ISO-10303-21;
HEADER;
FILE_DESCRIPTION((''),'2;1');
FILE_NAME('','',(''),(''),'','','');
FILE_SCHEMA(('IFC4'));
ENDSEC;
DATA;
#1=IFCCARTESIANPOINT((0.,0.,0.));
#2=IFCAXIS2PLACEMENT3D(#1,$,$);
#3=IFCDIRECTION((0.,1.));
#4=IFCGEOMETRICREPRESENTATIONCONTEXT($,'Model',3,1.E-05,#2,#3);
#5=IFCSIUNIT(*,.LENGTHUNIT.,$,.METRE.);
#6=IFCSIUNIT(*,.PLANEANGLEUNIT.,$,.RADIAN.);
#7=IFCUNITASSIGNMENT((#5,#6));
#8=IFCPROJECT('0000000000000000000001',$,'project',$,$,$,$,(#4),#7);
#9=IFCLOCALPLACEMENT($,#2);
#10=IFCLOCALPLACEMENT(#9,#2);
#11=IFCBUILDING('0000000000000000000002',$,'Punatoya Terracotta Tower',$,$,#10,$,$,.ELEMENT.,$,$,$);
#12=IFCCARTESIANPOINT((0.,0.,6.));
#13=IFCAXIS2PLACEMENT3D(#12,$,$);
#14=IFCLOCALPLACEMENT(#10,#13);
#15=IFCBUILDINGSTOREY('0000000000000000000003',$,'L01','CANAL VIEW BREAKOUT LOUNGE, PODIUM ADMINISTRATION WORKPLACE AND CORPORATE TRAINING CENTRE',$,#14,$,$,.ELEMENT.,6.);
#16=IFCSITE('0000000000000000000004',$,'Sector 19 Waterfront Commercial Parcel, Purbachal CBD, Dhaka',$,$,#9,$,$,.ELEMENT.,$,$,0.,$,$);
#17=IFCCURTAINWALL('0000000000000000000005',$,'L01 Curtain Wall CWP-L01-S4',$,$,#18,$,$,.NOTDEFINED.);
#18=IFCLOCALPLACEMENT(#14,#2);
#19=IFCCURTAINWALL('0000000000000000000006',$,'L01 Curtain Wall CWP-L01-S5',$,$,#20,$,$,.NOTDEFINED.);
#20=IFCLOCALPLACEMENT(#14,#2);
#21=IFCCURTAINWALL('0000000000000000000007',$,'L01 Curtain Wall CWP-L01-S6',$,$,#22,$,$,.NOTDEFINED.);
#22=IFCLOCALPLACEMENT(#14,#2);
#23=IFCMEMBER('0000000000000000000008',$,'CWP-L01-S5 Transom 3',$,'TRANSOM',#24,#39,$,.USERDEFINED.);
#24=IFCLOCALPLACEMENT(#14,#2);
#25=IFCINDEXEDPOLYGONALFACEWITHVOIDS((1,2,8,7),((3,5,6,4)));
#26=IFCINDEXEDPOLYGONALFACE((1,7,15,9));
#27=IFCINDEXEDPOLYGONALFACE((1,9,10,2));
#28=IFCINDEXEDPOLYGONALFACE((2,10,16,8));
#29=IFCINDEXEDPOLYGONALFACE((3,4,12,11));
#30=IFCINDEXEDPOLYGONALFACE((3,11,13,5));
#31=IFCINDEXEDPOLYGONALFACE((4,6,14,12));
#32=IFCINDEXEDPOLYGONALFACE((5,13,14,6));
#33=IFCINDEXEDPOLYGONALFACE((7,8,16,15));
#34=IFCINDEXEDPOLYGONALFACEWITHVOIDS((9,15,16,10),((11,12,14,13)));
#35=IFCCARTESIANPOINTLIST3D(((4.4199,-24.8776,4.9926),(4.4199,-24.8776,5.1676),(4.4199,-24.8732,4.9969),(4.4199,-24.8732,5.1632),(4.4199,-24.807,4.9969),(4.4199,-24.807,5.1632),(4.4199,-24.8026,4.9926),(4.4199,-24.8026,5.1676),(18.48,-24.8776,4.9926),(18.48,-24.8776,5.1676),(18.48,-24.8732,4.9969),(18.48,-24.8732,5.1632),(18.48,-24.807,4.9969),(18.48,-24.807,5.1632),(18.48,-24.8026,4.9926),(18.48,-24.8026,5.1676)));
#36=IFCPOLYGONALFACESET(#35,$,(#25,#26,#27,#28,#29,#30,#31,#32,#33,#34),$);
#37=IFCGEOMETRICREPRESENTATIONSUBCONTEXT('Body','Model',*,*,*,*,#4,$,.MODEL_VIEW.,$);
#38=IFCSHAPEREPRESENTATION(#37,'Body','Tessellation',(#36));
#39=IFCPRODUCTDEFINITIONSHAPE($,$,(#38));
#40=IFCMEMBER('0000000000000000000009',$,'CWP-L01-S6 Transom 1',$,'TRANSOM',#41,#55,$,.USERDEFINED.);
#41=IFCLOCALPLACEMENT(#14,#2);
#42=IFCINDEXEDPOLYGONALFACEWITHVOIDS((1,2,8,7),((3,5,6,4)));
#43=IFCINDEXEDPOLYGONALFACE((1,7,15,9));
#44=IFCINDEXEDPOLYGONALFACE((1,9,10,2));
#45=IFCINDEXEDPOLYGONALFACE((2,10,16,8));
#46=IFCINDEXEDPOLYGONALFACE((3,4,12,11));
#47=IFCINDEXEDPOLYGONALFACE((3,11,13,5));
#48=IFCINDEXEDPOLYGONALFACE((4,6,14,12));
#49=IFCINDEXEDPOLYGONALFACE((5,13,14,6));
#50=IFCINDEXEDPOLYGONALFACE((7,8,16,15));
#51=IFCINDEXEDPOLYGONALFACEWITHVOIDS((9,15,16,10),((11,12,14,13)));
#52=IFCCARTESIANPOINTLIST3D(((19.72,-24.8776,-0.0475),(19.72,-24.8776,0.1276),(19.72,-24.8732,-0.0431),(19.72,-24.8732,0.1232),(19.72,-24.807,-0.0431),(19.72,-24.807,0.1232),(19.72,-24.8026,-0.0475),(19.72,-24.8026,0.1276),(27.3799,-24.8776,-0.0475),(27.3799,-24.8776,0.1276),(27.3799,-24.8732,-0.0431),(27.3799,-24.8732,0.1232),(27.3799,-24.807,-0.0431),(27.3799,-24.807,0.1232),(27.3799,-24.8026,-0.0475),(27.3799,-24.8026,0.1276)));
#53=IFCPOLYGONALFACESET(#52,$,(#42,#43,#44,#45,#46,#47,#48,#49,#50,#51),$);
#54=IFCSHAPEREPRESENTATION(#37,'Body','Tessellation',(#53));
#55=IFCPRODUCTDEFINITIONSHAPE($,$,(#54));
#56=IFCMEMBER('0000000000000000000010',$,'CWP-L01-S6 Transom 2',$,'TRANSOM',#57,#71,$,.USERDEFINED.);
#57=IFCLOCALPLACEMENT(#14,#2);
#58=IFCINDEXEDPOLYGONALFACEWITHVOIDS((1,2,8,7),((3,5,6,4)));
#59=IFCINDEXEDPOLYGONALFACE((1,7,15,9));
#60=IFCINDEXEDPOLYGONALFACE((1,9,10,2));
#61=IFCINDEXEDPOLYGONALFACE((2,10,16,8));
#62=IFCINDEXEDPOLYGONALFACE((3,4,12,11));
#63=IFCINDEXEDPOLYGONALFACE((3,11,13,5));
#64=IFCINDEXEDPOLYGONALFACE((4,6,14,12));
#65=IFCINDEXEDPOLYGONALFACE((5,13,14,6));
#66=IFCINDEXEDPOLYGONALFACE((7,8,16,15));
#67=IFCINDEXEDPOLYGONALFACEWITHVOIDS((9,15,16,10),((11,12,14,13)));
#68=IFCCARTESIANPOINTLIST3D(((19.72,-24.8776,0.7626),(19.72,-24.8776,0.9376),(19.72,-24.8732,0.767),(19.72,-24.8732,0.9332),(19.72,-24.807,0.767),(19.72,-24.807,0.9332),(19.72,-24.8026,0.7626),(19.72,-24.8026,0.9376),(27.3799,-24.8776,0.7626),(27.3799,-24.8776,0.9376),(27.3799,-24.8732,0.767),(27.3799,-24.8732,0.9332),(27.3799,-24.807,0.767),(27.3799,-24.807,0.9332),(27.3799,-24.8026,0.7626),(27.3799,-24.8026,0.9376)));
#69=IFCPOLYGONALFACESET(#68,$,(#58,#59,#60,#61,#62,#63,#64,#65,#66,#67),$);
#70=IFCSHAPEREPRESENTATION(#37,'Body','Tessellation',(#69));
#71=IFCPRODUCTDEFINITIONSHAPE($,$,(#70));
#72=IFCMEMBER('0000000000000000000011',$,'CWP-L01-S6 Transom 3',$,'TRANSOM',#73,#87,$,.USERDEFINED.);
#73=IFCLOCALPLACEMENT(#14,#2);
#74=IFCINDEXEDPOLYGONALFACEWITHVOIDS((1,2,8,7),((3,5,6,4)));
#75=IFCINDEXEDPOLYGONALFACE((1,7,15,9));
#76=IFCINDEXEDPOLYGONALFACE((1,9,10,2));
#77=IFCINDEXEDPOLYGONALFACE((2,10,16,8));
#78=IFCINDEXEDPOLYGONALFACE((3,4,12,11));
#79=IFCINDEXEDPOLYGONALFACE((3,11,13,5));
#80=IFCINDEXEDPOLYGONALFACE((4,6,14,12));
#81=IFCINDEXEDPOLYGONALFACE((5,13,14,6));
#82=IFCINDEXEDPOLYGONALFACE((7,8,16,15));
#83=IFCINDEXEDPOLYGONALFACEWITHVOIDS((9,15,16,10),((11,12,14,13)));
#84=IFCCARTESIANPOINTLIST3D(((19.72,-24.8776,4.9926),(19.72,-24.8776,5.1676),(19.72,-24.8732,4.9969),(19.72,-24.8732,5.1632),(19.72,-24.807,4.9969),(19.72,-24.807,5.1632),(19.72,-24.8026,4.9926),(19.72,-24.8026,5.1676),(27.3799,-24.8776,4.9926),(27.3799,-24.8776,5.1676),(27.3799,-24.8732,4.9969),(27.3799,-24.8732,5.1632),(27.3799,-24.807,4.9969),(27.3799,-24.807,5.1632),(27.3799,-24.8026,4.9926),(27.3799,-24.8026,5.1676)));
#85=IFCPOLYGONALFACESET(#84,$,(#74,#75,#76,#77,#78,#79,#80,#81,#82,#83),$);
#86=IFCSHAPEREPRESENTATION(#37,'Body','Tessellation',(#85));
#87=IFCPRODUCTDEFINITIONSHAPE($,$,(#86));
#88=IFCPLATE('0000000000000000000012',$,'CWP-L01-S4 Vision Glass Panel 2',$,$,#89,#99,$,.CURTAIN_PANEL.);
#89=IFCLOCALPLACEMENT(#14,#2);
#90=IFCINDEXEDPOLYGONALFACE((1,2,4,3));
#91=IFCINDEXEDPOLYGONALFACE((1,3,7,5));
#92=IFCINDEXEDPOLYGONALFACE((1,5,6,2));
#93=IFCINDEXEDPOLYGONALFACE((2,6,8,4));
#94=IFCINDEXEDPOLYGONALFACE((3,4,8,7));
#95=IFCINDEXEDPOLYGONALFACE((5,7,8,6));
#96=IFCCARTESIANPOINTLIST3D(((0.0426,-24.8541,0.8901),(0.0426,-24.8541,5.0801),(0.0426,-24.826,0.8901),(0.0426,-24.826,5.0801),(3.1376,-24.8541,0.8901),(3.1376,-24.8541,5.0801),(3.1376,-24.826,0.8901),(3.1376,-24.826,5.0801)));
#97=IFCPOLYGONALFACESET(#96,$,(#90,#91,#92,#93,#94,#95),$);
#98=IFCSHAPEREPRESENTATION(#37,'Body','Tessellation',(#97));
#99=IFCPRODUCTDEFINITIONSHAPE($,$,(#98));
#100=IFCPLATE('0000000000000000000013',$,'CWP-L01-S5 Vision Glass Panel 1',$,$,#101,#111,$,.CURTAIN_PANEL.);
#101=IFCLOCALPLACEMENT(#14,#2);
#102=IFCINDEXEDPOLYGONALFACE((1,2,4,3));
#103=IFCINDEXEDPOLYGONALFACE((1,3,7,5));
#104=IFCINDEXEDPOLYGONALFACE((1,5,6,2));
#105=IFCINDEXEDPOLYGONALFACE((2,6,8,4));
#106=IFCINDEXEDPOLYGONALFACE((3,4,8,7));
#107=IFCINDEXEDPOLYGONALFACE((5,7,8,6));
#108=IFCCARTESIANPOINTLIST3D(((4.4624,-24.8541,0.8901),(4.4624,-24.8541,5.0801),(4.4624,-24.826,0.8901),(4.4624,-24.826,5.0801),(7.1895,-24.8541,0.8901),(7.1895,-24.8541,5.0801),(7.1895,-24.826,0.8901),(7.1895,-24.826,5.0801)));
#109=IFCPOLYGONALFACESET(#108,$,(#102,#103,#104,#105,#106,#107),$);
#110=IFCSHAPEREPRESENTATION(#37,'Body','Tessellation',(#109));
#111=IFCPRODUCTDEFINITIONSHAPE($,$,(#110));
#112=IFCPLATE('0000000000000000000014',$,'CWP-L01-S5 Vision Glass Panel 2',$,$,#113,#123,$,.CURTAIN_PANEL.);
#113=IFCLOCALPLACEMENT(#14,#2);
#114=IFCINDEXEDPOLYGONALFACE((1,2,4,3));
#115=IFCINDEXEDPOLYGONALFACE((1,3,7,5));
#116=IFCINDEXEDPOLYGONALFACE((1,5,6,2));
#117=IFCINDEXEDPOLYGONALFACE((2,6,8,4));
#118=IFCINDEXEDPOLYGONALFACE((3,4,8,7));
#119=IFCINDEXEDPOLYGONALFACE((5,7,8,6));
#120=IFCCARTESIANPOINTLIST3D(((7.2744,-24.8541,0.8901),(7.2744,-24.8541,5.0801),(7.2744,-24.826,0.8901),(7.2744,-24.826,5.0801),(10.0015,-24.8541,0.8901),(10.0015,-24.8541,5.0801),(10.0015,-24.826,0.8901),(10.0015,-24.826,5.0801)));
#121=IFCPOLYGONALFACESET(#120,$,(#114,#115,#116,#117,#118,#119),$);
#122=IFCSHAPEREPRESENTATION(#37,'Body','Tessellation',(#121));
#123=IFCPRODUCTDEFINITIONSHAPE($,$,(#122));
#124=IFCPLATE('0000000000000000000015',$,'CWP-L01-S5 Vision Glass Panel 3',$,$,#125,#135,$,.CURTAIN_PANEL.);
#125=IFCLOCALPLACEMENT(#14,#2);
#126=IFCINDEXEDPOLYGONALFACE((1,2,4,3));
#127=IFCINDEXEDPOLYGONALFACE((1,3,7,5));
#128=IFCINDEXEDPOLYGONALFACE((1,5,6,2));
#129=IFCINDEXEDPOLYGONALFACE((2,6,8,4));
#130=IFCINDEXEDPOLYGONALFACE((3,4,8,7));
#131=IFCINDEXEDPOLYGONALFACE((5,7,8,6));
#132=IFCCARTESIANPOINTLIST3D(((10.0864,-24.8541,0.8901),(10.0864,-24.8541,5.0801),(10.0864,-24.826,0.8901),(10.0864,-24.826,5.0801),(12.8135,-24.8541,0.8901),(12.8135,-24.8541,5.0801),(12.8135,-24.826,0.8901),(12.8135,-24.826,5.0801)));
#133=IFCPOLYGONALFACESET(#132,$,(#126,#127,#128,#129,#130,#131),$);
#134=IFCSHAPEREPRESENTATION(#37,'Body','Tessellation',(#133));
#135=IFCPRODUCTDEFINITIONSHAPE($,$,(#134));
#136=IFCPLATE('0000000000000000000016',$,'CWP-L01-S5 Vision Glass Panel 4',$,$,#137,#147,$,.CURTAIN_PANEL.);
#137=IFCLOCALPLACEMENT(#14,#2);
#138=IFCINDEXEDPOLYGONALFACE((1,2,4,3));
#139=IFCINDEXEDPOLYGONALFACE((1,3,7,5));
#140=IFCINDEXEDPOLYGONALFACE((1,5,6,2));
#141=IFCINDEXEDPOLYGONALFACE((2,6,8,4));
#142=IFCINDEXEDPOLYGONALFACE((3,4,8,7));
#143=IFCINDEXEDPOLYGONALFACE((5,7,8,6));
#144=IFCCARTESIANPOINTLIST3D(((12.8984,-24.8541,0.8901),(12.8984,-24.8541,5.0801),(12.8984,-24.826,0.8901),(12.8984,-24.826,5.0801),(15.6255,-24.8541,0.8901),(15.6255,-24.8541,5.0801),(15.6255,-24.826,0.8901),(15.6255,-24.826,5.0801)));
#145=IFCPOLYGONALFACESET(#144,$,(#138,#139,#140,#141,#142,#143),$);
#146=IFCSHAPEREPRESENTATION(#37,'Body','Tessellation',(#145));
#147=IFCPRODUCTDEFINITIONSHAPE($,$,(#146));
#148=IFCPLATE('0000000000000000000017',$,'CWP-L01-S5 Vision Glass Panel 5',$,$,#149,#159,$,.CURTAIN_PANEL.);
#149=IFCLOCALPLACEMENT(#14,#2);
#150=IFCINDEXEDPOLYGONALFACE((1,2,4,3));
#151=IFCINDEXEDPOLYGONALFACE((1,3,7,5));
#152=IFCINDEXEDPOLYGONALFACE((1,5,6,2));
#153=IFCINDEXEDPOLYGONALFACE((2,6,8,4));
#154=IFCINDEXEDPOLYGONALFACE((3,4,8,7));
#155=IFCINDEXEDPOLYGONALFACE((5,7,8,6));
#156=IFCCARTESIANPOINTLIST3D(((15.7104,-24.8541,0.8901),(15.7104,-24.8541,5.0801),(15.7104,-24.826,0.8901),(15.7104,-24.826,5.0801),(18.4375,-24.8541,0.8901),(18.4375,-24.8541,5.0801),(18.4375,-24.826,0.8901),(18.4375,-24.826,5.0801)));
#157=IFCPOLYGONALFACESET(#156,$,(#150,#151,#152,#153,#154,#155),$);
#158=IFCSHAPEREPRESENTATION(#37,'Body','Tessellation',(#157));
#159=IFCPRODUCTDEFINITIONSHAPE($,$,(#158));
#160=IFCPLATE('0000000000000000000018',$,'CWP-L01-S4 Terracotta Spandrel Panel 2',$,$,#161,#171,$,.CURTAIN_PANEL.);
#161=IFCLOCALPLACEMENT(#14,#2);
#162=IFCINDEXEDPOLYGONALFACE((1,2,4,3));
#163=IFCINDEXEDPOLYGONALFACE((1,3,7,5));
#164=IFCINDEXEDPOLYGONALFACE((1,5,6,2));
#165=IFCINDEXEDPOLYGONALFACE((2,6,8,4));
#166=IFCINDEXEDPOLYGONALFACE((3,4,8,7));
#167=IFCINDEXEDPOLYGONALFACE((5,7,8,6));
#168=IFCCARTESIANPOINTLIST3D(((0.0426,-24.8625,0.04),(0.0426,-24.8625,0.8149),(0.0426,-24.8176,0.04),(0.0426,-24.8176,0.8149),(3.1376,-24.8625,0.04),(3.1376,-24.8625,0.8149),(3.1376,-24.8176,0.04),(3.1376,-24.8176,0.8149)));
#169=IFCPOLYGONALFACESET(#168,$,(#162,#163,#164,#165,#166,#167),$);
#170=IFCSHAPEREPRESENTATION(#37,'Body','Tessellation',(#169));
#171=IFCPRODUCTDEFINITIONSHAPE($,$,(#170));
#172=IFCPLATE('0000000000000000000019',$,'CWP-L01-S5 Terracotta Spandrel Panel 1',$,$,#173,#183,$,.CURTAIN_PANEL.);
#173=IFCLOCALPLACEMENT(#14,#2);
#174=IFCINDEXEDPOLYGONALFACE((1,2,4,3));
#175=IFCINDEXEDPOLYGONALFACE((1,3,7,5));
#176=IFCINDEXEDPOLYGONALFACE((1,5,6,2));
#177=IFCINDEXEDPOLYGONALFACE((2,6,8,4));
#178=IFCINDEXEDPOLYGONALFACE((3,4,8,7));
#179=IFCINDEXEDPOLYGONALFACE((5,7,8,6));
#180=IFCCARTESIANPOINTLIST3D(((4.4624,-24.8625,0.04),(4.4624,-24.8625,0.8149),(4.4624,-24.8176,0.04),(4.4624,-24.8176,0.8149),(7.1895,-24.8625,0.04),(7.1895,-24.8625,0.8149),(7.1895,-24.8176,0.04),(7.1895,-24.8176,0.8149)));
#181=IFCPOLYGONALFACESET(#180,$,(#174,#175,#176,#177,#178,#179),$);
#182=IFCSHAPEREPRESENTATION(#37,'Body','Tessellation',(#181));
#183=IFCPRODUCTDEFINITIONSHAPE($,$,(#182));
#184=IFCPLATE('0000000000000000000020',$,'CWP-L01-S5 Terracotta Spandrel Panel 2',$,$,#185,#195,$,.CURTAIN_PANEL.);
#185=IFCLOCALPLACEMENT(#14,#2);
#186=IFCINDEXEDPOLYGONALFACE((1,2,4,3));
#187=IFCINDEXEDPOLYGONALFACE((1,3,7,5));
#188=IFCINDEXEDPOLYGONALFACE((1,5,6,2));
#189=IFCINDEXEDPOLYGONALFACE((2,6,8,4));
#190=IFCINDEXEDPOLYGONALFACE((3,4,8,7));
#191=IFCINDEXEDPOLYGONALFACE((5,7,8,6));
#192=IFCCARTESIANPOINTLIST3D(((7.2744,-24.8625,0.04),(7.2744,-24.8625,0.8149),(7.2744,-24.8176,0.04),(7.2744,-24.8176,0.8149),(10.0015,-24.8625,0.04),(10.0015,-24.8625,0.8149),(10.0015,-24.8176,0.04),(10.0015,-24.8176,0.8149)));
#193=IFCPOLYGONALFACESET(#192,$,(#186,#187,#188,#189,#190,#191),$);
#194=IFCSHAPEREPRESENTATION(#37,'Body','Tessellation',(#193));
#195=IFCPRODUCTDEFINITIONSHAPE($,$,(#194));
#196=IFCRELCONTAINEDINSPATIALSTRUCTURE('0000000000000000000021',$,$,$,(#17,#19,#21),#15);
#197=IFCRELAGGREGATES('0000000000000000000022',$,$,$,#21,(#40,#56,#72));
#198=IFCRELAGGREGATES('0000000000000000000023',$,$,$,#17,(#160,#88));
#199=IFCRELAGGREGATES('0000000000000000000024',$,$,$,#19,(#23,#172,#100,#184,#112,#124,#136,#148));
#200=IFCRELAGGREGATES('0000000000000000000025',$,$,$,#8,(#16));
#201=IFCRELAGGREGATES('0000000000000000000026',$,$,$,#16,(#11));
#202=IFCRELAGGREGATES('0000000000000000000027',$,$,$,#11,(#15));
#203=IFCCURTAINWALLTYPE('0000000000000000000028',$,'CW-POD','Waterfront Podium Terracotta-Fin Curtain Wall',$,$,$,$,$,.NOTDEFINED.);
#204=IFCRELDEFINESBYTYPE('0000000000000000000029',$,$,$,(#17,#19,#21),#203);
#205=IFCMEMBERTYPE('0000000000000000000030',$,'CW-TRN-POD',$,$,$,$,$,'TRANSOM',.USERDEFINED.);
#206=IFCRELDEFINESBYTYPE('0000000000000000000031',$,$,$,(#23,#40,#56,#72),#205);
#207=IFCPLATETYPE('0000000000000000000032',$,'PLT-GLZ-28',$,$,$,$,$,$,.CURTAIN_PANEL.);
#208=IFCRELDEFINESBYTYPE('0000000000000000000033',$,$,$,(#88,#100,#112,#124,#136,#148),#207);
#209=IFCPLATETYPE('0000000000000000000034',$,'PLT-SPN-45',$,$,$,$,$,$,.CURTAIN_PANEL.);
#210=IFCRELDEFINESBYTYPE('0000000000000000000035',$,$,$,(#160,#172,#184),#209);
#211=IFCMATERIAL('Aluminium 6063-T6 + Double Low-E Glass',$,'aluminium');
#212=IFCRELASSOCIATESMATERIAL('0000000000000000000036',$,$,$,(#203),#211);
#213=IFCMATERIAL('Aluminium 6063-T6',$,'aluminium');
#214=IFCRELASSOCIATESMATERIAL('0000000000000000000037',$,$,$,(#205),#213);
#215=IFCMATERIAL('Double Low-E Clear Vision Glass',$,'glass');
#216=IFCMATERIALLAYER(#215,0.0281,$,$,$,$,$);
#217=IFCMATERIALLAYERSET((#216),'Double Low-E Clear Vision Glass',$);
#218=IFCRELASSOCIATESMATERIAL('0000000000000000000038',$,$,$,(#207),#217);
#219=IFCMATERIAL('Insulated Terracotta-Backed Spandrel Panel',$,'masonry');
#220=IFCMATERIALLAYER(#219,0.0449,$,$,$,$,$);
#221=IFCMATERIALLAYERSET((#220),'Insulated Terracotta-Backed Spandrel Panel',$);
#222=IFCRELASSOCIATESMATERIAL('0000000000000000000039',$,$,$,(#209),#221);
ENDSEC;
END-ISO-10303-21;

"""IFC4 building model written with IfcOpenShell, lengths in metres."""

from ifc_helpers import new_model, si_unit, direction, frame, origin, origin_2d, place, context, subcontext, project, spatial, rectangle, hollow_rectangle, extrude, material, layer, layer_set, material_profile, profile_set, type_object, element, aggregate, save


model = new_model("IFC4")

# Units and contexts
model_context = context("Model", 3, precision=1e-05, world=origin(), true_north=direction((0.0, 1.0)))
body_context = subcontext(model_context, "Body", "Model", "MODEL_VIEW")
ifc_project = project(units=[si_unit("LENGTHUNIT", "METRE"), si_unit("PLANEANGLEUNIT", "RADIAN")], contexts=[model_context])

# Site, building, storey
site_placement = place(None, origin())
site = spatial("IfcSite", under=ifc_project, at=site_placement, Name="Sector 19 Waterfront Commercial Parcel, Purbachal CBD, Dhaka", CompositionType="ELEMENT", RefElevation=0.0)
building_placement = place(site_placement, origin())
building = spatial("IfcBuilding", under=site, at=building_placement, Name="Punatoya Terracotta Tower", CompositionType="ELEMENT")
storey_placement = place(building_placement, frame((0.0, 0.0, 6.0)))
storey = spatial("IfcBuildingStorey", under=building, at=storey_placement, Name="L01", Description="CANAL VIEW BREAKOUT LOUNGE, PODIUM ADMINISTRATION WORKPLACE AND CORPORATE TRAINING CENTRE", CompositionType="ELEMENT", Elevation=6.0)

# Curtain walls
ifc_material_1 = material(Name="Aluminium 6063-T6 + Double Low-E Glass", Category="aluminium")
curtain_wall_type = type_object("IfcCurtainWallType", Name="CW-POD", Description="Waterfront Podium Terracotta-Fin Curtain Wall", PredefinedType="NOTDEFINED", material=ifc_material_1)
curtain_wall_1_placement = place(storey_placement, origin())
curtain_wall_1 = element("IfcCurtainWall", 1, at=curtain_wall_1_placement, inside=storey, type_object=curtain_wall_type, Name="L01 Curtain Wall CWP-L01-S4", PredefinedType="NOTDEFINED")
ifc_material_2 = material(Name="Aluminium 6063-T6", Category="aluminium")
curtain_wall_2_placement = place(storey_placement, origin())
curtain_wall_2 = element("IfcCurtainWall", 2, at=curtain_wall_2_placement, inside=storey, type_object=curtain_wall_type, Name="L01 Curtain Wall CWP-L01-S5", PredefinedType="NOTDEFINED")

# Curtain wall
curtain_wall_3_placement = place(storey_placement, origin())
curtain_wall_3 = element("IfcCurtainWall", 3, at=curtain_wall_3_placement, inside=storey, type_object=curtain_wall_type, Name="L01 Curtain Wall CWP-L01-S6", PredefinedType="NOTDEFINED")

# Members
ifc_material_profile_1 = material_profile(ifc_material_2, hollow_rectangle(XDim=0.075, YDim=0.175, WallThickness=0.0044, at=origin_2d()))
ifc_profile_set_1 = profile_set([ifc_material_profile_1], Name="Aluminium 6063-T6")
member_type_1 = type_object("IfcMemberType", Name="CW-TRN-POD", ElementType="TRANSOM", PredefinedType="USERDEFINED", material=ifc_profile_set_1)
member_1_placement = place(storey_placement, frame((4.4199, -24.8401, 5.0801), z_axis=(1.0, 0.0, 0.0), x_axis=(0.0, 1.0, 0.0)))
member_1 = element("IfcMember", 4, at=member_1_placement, type_object=member_type_1, Name="CWP-L01-S5 Transom 3", ObjectType="TRANSOM", PredefinedType="USERDEFINED", context=body_context, shape_type="SweptSolid", body=[
    extrude(hollow_rectangle(XDim=0.075, YDim=0.175, WallThickness=0.0044, at=origin_2d()), origin(), (0.0, 0.0, 1.0), 14.0601),
])
member_2_placement = place(storey_placement, frame((19.72, -24.8401, 0.04), z_axis=(1.0, 0.0, 0.0), x_axis=(0.0, 1.0, 0.0)))
member_2 = element("IfcMember", 5, at=member_2_placement, type_object=member_type_1, Name="CWP-L01-S6 Transom 1", ObjectType="TRANSOM", PredefinedType="USERDEFINED", context=body_context, shape_type="SweptSolid", body=[
    extrude(hollow_rectangle(XDim=0.075, YDim=0.175, WallThickness=0.0044, at=origin_2d()), origin(), (0.0, 0.0, 1.0), 7.6599),
])
member_3_placement = place(storey_placement, frame((19.72, -24.8401, 0.8501), z_axis=(1.0, 0.0, 0.0), x_axis=(0.0, 1.0, 0.0)))
member_3 = element("IfcMember", 6, at=member_3_placement, type_object=member_type_1, Name="CWP-L01-S6 Transom 2", ObjectType="TRANSOM", PredefinedType="USERDEFINED", context=body_context, shape_type="SweptSolid", body=[
    extrude(hollow_rectangle(XDim=0.075, YDim=0.175, WallThickness=0.0044, at=origin_2d()), origin(), (0.0, 0.0, 1.0), 7.6599),
])
member_4_placement = place(storey_placement, frame((19.72, -24.8401, 5.0801), z_axis=(1.0, 0.0, 0.0), x_axis=(0.0, 1.0, 0.0)))
member_4 = element("IfcMember", 7, at=member_4_placement, type_object=member_type_1, Name="CWP-L01-S6 Transom 3", ObjectType="TRANSOM", PredefinedType="USERDEFINED", context=body_context, shape_type="SweptSolid", body=[
    extrude(hollow_rectangle(XDim=0.075, YDim=0.175, WallThickness=0.0044, at=origin_2d()), origin(), (0.0, 0.0, 1.0), 7.6599),
])
aggregate(curtain_wall_3, [member_2, member_3, member_4])

# Plates
ifc_material_3 = material(Name="Double Low-E Clear Vision Glass", Category="glass")
ifc_layer_1 = layer(ifc_material_3, 0.0281)
ifc_layer_set_1 = layer_set([ifc_layer_1], Name="Double Low-E Clear Vision Glass")
plate_type_1 = type_object("IfcPlateType", Name="PLT-GLZ-28", PredefinedType="CURTAIN_PANEL", material=ifc_layer_set_1)
plate_1_placement = place(storey_placement, frame((1.5901, -24.8401, 0.8901), z_axis=(0.0, 0.0, 1.0), x_axis=(1.0, 0.0, 0.0)))
plate_1 = element("IfcPlate", 8, at=plate_1_placement, type_object=plate_type_1, Name="CWP-L01-S4 Vision Glass Panel 2", PredefinedType="CURTAIN_PANEL", context=body_context, shape_type="SweptSolid", body=[
    extrude(rectangle(XDim=3.095, YDim=0.0281, at=origin_2d()), origin(), (0.0, 0.0, 1.0), 4.1899),
])
plate_2_placement = place(storey_placement, frame((5.8259, -24.8401, 0.8901), z_axis=(0.0, 0.0, 1.0), x_axis=(1.0, 0.0, 0.0)))
plate_2 = element("IfcPlate", 9, at=plate_2_placement, type_object=plate_type_1, Name="CWP-L01-S5 Vision Glass Panel 1", PredefinedType="CURTAIN_PANEL", context=body_context, shape_type="SweptSolid", body=[
    extrude(rectangle(XDim=2.7271, YDim=0.0281, at=origin_2d()), origin(), (0.0, 0.0, 1.0), 4.1899),
])
plate_3_placement = place(storey_placement, frame((8.6379, -24.8401, 0.8901), z_axis=(0.0, 0.0, 1.0), x_axis=(1.0, 0.0, 0.0)))
plate_3 = element("IfcPlate", 10, at=plate_3_placement, type_object=plate_type_1, Name="CWP-L01-S5 Vision Glass Panel 2", PredefinedType="CURTAIN_PANEL", context=body_context, shape_type="SweptSolid", body=[
    extrude(rectangle(XDim=2.7271, YDim=0.0281, at=origin_2d()), origin(), (0.0, 0.0, 1.0), 4.1899),
])
plate_4_placement = place(storey_placement, frame((11.45, -24.8401, 0.8901), z_axis=(0.0, 0.0, 1.0), x_axis=(1.0, 0.0, 0.0)))
plate_4 = element("IfcPlate", 11, at=plate_4_placement, type_object=plate_type_1, Name="CWP-L01-S5 Vision Glass Panel 3", PredefinedType="CURTAIN_PANEL", context=body_context, shape_type="SweptSolid", body=[
    extrude(rectangle(XDim=2.7271, YDim=0.0281, at=origin_2d()), origin(), (0.0, 0.0, 1.0), 4.1899),
])
plate_5_placement = place(storey_placement, frame((14.262, -24.8401, 0.8901), z_axis=(0.0, 0.0, 1.0), x_axis=(1.0, 0.0, 0.0)))
plate_5 = element("IfcPlate", 12, at=plate_5_placement, type_object=plate_type_1, Name="CWP-L01-S5 Vision Glass Panel 4", PredefinedType="CURTAIN_PANEL", context=body_context, shape_type="SweptSolid", body=[
    extrude(rectangle(XDim=2.7271, YDim=0.0281, at=origin_2d()), origin(), (0.0, 0.0, 1.0), 4.1899),
])
plate_6_placement = place(storey_placement, frame((17.074, -24.8401, 0.8901), z_axis=(0.0, 0.0, 1.0), x_axis=(1.0, 0.0, 0.0)))
plate_6 = element("IfcPlate", 13, at=plate_6_placement, type_object=plate_type_1, Name="CWP-L01-S5 Vision Glass Panel 5", PredefinedType="CURTAIN_PANEL", context=body_context, shape_type="SweptSolid", body=[
    extrude(rectangle(XDim=2.7271, YDim=0.0281, at=origin_2d()), origin(), (0.0, 0.0, 1.0), 4.1899),
])
ifc_material_4 = material(Name="Insulated Terracotta-Backed Spandrel Panel", Category="masonry")
ifc_layer_2 = layer(ifc_material_4, 0.0449)
ifc_layer_set_2 = layer_set([ifc_layer_2], Name="Insulated Terracotta-Backed Spandrel Panel")
plate_type_2 = type_object("IfcPlateType", Name="PLT-SPN-45", PredefinedType="CURTAIN_PANEL", material=ifc_layer_set_2)
plate_7_placement = place(storey_placement, frame((1.5901, -24.8401, 0.04), z_axis=(0.0, 0.0, 1.0), x_axis=(1.0, 0.0, 0.0)))
plate_7 = element("IfcPlate", 14, at=plate_7_placement, type_object=plate_type_2, Name="CWP-L01-S4 Terracotta Spandrel Panel 2", PredefinedType="CURTAIN_PANEL", context=body_context, shape_type="SweptSolid", body=[
    extrude(rectangle(XDim=3.095, YDim=0.0449, at=origin_2d()), origin(), (0.0, 0.0, 1.0), 0.7749),
])
aggregate(curtain_wall_1, [plate_7, plate_1])
plate_8_placement = place(storey_placement, frame((5.8259, -24.8401, 0.04), z_axis=(0.0, 0.0, 1.0), x_axis=(1.0, 0.0, 0.0)))
plate_8 = element("IfcPlate", 15, at=plate_8_placement, type_object=plate_type_2, Name="CWP-L01-S5 Terracotta Spandrel Panel 1", PredefinedType="CURTAIN_PANEL", context=body_context, shape_type="SweptSolid", body=[
    extrude(rectangle(XDim=2.7271, YDim=0.0449, at=origin_2d()), origin(), (0.0, 0.0, 1.0), 0.7749),
])
plate_9_placement = place(storey_placement, frame((8.6379, -24.8401, 0.04), z_axis=(0.0, 0.0, 1.0), x_axis=(1.0, 0.0, 0.0)))
plate_9 = element("IfcPlate", 16, at=plate_9_placement, type_object=plate_type_2, Name="CWP-L01-S5 Terracotta Spandrel Panel 2", PredefinedType="CURTAIN_PANEL", context=body_context, shape_type="SweptSolid", body=[
    extrude(rectangle(XDim=2.7271, YDim=0.0449, at=origin_2d()), origin(), (0.0, 0.0, 1.0), 0.7749),
])
aggregate(curtain_wall_2, [member_1, plate_8, plate_2, plate_9, plate_3, plate_4, plate_5, plate_6])

save(model, "model.ifc")
